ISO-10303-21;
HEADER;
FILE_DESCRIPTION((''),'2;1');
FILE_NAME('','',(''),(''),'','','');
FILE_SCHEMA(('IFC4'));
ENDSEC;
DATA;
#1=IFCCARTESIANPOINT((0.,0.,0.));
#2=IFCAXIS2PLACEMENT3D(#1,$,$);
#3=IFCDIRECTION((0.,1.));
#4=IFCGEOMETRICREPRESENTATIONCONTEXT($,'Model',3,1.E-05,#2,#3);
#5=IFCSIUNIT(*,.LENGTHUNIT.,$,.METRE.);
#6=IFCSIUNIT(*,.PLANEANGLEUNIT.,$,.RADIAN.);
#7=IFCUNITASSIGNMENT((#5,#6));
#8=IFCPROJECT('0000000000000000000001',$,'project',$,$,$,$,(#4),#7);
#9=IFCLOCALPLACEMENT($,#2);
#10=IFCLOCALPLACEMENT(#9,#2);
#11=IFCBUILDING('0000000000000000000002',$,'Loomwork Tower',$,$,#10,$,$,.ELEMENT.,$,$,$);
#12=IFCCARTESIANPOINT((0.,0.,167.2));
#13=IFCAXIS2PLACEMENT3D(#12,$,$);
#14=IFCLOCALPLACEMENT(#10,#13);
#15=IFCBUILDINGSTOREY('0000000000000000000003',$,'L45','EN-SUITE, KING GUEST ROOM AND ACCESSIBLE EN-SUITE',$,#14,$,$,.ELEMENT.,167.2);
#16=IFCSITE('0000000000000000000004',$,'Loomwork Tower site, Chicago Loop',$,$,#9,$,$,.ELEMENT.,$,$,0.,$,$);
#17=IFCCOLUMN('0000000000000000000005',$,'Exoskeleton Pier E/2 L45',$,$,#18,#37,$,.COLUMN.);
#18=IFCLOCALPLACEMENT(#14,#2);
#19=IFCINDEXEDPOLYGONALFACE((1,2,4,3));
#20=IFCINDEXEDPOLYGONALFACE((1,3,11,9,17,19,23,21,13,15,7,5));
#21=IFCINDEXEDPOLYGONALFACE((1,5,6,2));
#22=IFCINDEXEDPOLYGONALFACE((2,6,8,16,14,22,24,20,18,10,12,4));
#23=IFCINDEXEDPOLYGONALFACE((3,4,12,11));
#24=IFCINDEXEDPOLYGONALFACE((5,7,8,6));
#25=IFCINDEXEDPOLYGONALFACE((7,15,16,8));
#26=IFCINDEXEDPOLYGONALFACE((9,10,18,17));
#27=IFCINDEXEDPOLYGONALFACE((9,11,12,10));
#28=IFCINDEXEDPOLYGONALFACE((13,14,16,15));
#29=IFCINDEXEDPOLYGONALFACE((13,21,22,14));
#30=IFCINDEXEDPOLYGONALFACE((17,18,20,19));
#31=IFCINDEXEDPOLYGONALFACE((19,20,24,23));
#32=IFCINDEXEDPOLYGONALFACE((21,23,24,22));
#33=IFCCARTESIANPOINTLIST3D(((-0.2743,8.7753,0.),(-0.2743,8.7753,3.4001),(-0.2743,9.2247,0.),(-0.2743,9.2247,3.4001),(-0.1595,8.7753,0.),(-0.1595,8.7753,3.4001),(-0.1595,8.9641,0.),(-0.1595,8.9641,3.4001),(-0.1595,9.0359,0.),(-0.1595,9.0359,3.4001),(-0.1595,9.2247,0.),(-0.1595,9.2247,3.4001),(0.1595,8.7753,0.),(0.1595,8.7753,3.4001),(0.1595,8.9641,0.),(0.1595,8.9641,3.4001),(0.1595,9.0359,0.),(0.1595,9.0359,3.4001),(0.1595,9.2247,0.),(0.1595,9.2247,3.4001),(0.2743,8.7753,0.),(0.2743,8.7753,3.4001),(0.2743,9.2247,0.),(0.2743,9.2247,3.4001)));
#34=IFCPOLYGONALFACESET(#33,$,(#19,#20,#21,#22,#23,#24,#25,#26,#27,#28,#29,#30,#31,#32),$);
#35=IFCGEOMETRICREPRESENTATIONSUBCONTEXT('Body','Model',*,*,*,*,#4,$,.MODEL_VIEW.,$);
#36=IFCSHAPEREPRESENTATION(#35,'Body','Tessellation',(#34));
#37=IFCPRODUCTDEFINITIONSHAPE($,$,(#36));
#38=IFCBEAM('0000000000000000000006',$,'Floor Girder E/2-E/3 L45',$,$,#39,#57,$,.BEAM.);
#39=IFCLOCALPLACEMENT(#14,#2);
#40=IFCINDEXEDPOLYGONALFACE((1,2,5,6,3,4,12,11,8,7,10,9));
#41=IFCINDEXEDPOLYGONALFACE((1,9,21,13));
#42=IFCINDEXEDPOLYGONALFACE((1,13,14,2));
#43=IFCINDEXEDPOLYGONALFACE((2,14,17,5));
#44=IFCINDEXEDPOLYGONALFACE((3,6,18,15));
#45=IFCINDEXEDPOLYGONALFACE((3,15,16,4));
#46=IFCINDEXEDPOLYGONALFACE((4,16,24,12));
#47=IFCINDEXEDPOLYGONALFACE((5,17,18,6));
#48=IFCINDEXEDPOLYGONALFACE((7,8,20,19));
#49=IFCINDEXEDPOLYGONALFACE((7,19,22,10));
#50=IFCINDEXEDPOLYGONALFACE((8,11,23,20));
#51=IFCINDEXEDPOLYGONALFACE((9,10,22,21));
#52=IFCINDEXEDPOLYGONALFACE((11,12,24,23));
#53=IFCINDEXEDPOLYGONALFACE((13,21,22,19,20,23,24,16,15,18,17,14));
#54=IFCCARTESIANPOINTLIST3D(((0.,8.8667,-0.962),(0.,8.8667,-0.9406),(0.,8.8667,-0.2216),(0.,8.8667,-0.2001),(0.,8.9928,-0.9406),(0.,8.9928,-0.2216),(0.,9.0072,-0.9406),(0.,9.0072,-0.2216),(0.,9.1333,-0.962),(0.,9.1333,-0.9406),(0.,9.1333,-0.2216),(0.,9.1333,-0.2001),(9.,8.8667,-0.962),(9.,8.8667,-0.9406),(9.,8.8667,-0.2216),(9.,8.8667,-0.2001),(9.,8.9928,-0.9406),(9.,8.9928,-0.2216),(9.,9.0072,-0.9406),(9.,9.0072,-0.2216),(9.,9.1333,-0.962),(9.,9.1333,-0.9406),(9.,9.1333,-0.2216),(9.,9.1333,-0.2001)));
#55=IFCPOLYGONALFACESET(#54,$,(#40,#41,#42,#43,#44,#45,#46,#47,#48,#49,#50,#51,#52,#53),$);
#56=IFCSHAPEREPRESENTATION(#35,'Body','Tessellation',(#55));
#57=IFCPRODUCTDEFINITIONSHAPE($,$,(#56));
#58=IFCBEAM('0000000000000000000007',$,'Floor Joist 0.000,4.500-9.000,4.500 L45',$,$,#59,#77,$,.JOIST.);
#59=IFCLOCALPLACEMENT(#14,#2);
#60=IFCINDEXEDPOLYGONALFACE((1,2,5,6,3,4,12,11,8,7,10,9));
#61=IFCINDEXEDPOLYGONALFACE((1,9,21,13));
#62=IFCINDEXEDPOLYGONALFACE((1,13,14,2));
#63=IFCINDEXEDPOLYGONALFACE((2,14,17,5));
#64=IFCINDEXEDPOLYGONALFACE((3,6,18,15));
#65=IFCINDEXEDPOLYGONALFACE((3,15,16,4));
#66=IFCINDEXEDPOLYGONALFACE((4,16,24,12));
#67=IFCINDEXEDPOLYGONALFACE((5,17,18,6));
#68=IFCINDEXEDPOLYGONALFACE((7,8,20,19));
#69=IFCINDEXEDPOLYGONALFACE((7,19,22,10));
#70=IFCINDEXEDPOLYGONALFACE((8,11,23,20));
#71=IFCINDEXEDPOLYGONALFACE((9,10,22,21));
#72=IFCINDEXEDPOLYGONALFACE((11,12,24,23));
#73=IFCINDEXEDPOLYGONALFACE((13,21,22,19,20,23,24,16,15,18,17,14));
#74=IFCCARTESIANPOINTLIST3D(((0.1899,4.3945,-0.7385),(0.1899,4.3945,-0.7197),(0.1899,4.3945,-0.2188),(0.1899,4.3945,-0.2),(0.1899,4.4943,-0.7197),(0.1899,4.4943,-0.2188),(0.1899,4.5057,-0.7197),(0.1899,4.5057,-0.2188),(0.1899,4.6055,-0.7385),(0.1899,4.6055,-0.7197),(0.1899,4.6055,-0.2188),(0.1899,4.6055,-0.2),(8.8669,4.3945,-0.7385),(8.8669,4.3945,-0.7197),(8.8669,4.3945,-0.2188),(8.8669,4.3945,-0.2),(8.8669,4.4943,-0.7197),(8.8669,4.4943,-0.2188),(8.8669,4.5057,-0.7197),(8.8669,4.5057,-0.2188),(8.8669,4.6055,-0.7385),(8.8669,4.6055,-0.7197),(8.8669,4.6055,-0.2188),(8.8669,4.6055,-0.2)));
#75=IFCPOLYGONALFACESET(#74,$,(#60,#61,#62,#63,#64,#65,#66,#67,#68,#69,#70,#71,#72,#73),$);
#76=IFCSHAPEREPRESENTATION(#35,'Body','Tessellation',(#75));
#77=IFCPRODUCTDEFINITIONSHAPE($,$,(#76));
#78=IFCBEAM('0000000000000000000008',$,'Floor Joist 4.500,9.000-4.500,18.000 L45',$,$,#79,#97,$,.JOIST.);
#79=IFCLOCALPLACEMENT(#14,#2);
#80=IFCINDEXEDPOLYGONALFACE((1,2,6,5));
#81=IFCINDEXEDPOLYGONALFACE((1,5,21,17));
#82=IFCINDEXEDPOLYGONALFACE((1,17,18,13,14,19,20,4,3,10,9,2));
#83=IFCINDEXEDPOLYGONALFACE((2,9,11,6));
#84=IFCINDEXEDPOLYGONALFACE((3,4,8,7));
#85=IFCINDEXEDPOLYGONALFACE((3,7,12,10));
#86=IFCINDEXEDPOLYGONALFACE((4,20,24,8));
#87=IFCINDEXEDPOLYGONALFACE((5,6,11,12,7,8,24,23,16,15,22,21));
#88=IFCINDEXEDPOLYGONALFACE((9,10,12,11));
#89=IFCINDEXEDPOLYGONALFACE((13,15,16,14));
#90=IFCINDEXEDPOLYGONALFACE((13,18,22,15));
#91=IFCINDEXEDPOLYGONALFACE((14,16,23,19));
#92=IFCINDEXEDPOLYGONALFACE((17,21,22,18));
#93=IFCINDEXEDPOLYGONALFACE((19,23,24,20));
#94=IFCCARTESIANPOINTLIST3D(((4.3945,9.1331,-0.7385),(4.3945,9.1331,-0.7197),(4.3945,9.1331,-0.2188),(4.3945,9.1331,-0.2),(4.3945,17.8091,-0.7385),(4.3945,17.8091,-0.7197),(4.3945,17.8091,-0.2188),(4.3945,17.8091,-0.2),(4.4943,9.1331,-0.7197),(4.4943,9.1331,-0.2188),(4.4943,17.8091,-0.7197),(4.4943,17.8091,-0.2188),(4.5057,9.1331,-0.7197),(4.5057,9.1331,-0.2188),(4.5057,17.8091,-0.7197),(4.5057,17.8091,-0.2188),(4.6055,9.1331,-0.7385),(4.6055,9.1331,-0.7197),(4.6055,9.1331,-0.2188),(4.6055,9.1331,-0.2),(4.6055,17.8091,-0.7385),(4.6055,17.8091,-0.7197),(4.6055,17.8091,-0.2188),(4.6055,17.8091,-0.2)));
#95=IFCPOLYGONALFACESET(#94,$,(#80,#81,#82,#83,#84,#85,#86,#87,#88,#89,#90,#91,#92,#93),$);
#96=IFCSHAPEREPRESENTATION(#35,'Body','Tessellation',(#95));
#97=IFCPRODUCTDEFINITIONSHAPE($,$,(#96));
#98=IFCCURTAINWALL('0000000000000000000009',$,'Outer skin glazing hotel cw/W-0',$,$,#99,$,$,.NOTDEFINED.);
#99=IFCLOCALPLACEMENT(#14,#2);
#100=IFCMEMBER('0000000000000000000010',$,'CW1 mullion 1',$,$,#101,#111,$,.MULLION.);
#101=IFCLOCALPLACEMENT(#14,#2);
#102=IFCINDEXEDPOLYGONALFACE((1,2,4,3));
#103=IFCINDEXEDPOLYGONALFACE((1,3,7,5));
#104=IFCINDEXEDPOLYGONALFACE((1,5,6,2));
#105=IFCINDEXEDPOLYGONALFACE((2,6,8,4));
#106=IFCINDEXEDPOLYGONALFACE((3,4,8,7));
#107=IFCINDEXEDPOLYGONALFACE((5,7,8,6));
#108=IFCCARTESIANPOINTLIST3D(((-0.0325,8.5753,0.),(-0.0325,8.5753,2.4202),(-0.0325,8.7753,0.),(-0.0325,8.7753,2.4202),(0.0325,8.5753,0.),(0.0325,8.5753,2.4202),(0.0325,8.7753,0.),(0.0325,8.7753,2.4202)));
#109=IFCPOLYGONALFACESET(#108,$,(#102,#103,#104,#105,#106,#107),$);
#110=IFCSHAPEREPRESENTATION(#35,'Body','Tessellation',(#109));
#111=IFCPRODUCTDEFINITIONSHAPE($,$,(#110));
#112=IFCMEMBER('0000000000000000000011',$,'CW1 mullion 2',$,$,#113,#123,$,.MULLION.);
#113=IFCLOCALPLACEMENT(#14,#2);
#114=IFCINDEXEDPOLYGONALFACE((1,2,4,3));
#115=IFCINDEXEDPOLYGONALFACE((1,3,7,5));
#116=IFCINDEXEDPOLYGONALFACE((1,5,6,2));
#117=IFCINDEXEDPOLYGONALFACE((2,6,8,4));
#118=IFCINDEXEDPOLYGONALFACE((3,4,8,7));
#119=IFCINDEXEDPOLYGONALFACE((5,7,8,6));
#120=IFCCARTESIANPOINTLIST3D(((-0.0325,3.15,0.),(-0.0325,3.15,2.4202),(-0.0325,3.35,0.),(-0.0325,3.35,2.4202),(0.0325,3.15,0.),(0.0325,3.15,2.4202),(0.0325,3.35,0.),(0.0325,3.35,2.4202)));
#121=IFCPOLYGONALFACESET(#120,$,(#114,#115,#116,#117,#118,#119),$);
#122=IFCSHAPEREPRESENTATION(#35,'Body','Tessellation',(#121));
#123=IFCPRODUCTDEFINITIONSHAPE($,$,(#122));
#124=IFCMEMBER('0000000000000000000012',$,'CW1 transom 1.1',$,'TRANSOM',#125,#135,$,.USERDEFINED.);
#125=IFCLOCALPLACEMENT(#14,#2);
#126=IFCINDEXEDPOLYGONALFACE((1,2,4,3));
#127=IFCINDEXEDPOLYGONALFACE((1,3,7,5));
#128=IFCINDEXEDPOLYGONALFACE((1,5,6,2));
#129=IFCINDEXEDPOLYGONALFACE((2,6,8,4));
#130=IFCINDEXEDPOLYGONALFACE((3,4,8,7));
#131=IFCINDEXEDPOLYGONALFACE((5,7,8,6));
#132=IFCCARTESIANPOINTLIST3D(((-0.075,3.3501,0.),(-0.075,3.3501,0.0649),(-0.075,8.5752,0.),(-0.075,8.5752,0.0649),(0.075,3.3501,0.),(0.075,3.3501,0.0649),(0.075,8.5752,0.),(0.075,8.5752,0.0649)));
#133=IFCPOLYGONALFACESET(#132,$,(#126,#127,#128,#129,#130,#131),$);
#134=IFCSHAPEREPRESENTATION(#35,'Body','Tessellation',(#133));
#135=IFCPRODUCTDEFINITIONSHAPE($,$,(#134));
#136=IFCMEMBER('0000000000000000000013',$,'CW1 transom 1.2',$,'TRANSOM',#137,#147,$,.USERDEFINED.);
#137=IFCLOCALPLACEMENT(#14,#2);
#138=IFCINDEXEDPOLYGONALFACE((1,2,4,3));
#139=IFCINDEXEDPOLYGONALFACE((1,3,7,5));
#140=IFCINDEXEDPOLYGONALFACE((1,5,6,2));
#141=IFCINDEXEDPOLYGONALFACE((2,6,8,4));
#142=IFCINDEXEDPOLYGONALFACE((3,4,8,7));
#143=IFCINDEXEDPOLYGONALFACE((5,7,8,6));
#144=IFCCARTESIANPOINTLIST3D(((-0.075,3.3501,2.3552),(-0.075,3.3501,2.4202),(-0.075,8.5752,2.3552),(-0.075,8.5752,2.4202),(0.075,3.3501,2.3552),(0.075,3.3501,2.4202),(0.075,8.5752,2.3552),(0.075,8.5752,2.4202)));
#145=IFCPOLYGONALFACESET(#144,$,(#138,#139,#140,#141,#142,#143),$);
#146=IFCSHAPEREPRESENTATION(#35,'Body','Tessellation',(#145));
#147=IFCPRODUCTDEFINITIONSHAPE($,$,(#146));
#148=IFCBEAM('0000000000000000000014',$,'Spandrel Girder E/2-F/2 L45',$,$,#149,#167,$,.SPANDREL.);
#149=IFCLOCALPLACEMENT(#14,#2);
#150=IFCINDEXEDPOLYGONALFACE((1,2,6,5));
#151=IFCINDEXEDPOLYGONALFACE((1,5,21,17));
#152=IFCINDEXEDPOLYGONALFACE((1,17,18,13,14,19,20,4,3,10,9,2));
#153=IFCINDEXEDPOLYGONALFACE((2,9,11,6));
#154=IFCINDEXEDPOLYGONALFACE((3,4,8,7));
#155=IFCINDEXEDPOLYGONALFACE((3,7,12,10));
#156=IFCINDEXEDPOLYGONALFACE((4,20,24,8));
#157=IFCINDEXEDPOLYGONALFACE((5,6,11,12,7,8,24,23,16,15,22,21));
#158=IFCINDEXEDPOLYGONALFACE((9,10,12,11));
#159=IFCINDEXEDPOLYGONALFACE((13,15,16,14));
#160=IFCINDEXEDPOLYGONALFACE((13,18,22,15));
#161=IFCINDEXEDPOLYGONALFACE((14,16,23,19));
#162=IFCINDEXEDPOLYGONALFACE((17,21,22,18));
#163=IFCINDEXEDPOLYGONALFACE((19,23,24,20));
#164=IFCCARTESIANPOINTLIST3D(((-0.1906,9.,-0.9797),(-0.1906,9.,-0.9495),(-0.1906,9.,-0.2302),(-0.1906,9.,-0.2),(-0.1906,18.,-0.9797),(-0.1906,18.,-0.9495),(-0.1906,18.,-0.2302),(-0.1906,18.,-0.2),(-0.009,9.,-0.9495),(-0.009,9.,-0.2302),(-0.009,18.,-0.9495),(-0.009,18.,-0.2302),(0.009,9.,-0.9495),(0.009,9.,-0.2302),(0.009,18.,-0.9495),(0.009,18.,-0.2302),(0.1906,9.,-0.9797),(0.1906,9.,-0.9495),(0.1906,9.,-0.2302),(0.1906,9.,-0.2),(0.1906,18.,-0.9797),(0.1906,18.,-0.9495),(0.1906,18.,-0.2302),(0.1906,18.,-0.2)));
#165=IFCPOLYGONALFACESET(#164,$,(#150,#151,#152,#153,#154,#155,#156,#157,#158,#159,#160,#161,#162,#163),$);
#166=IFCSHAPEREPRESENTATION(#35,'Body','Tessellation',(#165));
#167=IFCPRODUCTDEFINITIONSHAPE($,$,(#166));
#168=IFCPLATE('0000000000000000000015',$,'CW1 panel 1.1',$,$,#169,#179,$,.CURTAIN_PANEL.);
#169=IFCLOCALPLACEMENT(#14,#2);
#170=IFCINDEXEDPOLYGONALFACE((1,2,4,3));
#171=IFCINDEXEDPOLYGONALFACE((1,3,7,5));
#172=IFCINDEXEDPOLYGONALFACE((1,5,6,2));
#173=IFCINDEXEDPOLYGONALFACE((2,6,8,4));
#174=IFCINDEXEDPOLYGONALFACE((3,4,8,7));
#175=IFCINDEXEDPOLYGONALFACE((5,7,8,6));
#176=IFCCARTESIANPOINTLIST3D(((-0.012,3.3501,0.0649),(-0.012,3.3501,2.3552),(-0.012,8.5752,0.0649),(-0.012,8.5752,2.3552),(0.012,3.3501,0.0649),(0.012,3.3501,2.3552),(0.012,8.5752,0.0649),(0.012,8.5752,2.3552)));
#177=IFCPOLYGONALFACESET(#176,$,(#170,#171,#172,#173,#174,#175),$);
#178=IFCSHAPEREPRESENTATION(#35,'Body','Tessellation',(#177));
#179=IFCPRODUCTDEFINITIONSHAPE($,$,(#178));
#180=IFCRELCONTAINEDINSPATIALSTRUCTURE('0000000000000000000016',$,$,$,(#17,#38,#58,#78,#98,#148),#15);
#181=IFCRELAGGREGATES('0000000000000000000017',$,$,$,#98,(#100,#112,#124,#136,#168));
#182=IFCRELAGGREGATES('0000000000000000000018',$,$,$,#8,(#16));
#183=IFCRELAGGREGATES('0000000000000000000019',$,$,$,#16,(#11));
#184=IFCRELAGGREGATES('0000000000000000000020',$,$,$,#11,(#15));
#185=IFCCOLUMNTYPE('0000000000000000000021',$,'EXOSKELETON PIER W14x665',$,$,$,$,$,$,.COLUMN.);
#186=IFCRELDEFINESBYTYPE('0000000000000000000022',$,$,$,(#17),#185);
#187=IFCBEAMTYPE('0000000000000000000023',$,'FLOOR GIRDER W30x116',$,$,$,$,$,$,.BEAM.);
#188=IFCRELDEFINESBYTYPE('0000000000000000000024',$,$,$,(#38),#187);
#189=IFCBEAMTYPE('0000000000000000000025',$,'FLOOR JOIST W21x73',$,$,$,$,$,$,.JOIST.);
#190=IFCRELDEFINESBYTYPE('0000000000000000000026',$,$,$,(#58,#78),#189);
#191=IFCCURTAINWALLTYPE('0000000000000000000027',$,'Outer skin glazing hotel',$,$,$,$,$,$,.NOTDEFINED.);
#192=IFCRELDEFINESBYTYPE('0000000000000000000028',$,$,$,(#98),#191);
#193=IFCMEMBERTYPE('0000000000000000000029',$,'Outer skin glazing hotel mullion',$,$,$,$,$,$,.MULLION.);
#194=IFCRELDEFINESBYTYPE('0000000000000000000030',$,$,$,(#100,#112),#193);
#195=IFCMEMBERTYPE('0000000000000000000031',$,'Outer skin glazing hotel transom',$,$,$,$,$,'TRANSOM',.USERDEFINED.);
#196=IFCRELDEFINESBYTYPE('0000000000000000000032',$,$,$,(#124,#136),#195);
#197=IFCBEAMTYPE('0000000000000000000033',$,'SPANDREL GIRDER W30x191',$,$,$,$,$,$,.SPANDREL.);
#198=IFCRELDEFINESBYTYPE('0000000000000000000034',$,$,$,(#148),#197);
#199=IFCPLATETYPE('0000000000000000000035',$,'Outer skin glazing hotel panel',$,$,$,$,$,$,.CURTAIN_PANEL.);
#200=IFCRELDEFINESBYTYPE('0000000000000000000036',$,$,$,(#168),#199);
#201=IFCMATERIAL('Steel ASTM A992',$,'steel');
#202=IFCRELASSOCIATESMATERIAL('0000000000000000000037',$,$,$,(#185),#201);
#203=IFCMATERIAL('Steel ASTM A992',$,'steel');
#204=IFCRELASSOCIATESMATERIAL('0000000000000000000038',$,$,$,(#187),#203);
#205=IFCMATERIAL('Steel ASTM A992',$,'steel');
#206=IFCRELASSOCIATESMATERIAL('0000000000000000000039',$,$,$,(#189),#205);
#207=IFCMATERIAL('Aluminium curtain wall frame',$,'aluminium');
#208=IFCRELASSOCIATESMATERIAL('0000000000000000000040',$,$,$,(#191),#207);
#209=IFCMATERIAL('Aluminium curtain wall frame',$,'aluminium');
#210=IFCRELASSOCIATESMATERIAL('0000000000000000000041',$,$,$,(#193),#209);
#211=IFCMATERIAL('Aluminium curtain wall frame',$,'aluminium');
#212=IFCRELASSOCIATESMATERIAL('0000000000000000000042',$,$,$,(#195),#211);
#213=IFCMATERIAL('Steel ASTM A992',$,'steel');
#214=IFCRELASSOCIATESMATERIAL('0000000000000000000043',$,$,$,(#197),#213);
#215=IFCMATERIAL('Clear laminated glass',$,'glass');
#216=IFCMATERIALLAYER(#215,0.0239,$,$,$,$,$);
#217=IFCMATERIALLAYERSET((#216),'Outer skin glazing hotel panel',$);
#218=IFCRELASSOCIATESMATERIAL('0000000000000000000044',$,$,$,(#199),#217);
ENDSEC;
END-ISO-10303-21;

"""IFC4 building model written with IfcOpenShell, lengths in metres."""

from ifc_helpers import new_model, si_unit, direction, frame, origin, origin_2d, place, context, subcontext, project, spatial, rectangle, i_section, extrude, material, layer, layer_set, material_profile, profile_set, type_object, element, aggregate, save


model = new_model("IFC4")

# Units and contexts
model_context = context("Model", 3, precision=1e-05, world=origin(), true_north=direction((0.0, 1.0)))
body_context = subcontext(model_context, "Body", "Model", "MODEL_VIEW")
ifc_project = project(units=[si_unit("LENGTHUNIT", "METRE"), si_unit("PLANEANGLEUNIT", "RADIAN")], contexts=[model_context])

# Site, building, storey
site_placement = place(None, origin())
site = spatial("IfcSite", under=ifc_project, at=site_placement, Name="Loomwork Tower site, Chicago Loop", CompositionType="ELEMENT", RefElevation=0.0)
building_placement = place(site_placement, origin())
building = spatial("IfcBuilding", under=site, at=building_placement, Name="Loomwork Tower", CompositionType="ELEMENT")
storey_placement = place(building_placement, frame((0.0, 0.0, 167.2)))
storey = spatial("IfcBuildingStorey", under=building, at=storey_placement, Name="L45", Description="EN-SUITE, KING GUEST ROOM AND ACCESSIBLE EN-SUITE", CompositionType="ELEMENT", Elevation=167.2)

# Column
ifc_material_1 = material(Name="Steel ASTM A992", Category="steel")
ifc_material_profile_1 = material_profile(ifc_material_1, i_section(OverallWidth=0.4495, OverallDepth=0.5486, WebThickness=0.0718, FlangeThickness=0.1147, at=origin_2d()), Name="W14x665")
ifc_profile_set_1 = profile_set([ifc_material_profile_1], Name="Steel ASTM A992")
column_type = type_object("IfcColumnType", Name="EXOSKELETON PIER W14x665", PredefinedType="COLUMN", material=ifc_profile_set_1)
column_placement = place(storey_placement, frame((0.0, 9.0, 0.0), z_axis=(0.0, 0.0, 1.0), x_axis=(0.0, 1.0, 0.0)))
element("IfcColumn", 1, at=column_placement, inside=storey, type_object=column_type, Name="Exoskeleton Pier E/2 L45", PredefinedType="COLUMN", context=body_context, shape_type="SweptSolid", body=[
    extrude(i_section(OverallWidth=0.4495, OverallDepth=0.5486, WebThickness=0.0718, FlangeThickness=0.1147, at=origin_2d()), origin(), (0.0, 0.0, 1.0), 3.4001),
])

# Beams
ifc_material_2 = material(Name="Steel ASTM A992", Category="steel")
ifc_material_profile_2 = material_profile(ifc_material_2, i_section(OverallWidth=0.2666, OverallDepth=0.762, WebThickness=0.0144, FlangeThickness=0.0215, at=origin_2d()), Name="W30x116")
ifc_profile_set_2 = profile_set([ifc_material_profile_2], Name="Steel ASTM A992")
beam_type_1 = type_object("IfcBeamType", Name="FLOOR GIRDER W30x116", PredefinedType="BEAM", material=ifc_profile_set_2)
beam_1_placement = place(storey_placement, frame((0.0, 9.0, -0.5811), z_axis=(1.0, 0.0, 0.0), x_axis=(0.0, 1.0, 0.0)))
element("IfcBeam", 2, at=beam_1_placement, inside=storey, type_object=beam_type_1, Name="Floor Girder E/2-E/3 L45", PredefinedType="BEAM", context=body_context, shape_type="SweptSolid", body=[
    extrude(i_section(OverallWidth=0.2666, OverallDepth=0.762, WebThickness=0.0144, FlangeThickness=0.0215, at=origin_2d()), origin(), (0.0, 0.0, 1.0), 9.0),
])
ifc_material_3 = material(Name="Steel ASTM A992", Category="steel")
ifc_material_profile_3 = material_profile(ifc_material_3, i_section(OverallWidth=0.2109, OverallDepth=0.5386, WebThickness=0.0115, FlangeThickness=0.0188, at=origin_2d()), Name="W21x73")
ifc_profile_set_3 = profile_set([ifc_material_profile_3], Name="Steel ASTM A992")
beam_type_2 = type_object("IfcBeamType", Name="FLOOR JOIST W21x73", PredefinedType="JOIST", material=ifc_profile_set_3)
beam_2_placement = place(storey_placement, frame((0.1899, 4.5, -0.4692), z_axis=(1.0, 0.0, 0.0), x_axis=(0.0, 1.0, 0.0)))
element("IfcBeam", 3, at=beam_2_placement, inside=storey, type_object=beam_type_2, Name="Floor Joist 0.000,4.500-9.000,4.500 L45", PredefinedType="JOIST", context=body_context, shape_type="SweptSolid", body=[
    extrude(i_section(OverallWidth=0.2109, OverallDepth=0.5386, WebThickness=0.0115, FlangeThickness=0.0188, at=origin_2d()), origin(), (0.0, 0.0, 1.0), 8.677),
])
beam_3_placement = place(storey_placement, frame((4.5, 9.1331, -0.4692), z_axis=(0.0, 1.0, 0.0), x_axis=(-1.0, 0.0, 0.0)))
element("IfcBeam", 4, at=beam_3_placement, inside=storey, type_object=beam_type_2, Name="Floor Joist 4.500,9.000-4.500,18.000 L45", PredefinedType="JOIST", context=body_context, shape_type="SweptSolid", body=[
    extrude(i_section(OverallWidth=0.2109, OverallDepth=0.5386, WebThickness=0.0115, FlangeThickness=0.0188, at=origin_2d()), origin(), (0.0, 0.0, 1.0), 8.676),
])

# Curtain wall, members
ifc_material_4 = material(Name="Aluminium curtain wall frame", Category="aluminium")
curtain_wall_type = type_object("IfcCurtainWallType", Name="Outer skin glazing hotel", PredefinedType="NOTDEFINED", material=ifc_material_4)
curtain_wall_placement = place(storey_placement, origin())
curtain_wall = element("IfcCurtainWall", 5, at=curtain_wall_placement, inside=storey, type_object=curtain_wall_type, Name="Outer skin glazing hotel cw/W-0", PredefinedType="NOTDEFINED")
ifc_material_5 = material(Name="Aluminium curtain wall frame", Category="aluminium")
ifc_material_profile_4 = material_profile(ifc_material_5, rectangle(XDim=0.0649, YDim=0.2, at=origin_2d()), Name="AL 65x200")
ifc_profile_set_4 = profile_set([ifc_material_profile_4], Name="Aluminium curtain wall frame")
member_type_1 = type_object("IfcMemberType", Name="Outer skin glazing hotel mullion", PredefinedType="MULLION", material=ifc_profile_set_4)
member_1_placement = place(storey_placement, frame((0.0, 8.6753, 0.0), z_axis=(0.0, 0.0, 1.0), x_axis=(1.0, 0.0, 0.0)))
member_1 = element("IfcMember", 6, at=member_1_placement, type_object=member_type_1, Name="CW1 mullion 1", PredefinedType="MULLION", context=body_context, shape_type="SweptSolid", body=[
    extrude(rectangle(XDim=0.0649, YDim=0.2, at=origin_2d()), origin(), (0.0, 0.0, 1.0), 2.4202),
])
member_2_placement = place(storey_placement, frame((0.0, 3.25, 0.0), z_axis=(0.0, 0.0, 1.0), x_axis=(1.0, 0.0, 0.0)))
member_2 = element("IfcMember", 7, at=member_2_placement, type_object=member_type_1, Name="CW1 mullion 2", PredefinedType="MULLION", context=body_context, shape_type="SweptSolid", body=[
    extrude(rectangle(XDim=0.0649, YDim=0.2, at=origin_2d()), origin(), (0.0, 0.0, 1.0), 2.4202),
])
ifc_material_6 = material(Name="Aluminium curtain wall frame", Category="aluminium")
ifc_material_profile_5 = material_profile(ifc_material_6, rectangle(XDim=0.1499, YDim=0.0649, at=origin_2d()), Name="AL 65x150")
ifc_profile_set_5 = profile_set([ifc_material_profile_5], Name="Aluminium curtain wall frame")
member_type_2 = type_object("IfcMemberType", Name="Outer skin glazing hotel transom", ElementType="TRANSOM", PredefinedType="USERDEFINED", material=ifc_profile_set_5)
member_3_placement = place(storey_placement, frame((0.0, 8.5752, 0.0325), z_axis=(0.0, -1.0, 0.0), x_axis=(1.0, 0.0, 0.0)))
member_3 = element("IfcMember", 8, at=member_3_placement, type_object=member_type_2, Name="CW1 transom 1.1", ObjectType="TRANSOM", PredefinedType="USERDEFINED", context=body_context, shape_type="SweptSolid", body=[
    extrude(rectangle(XDim=0.1499, YDim=0.0649, at=origin_2d()), origin(), (0.0, 0.0, 1.0), 5.2251),
])
member_4_placement = place(storey_placement, frame((0.0, 8.5752, 2.3877), z_axis=(0.0, -1.0, 0.0), x_axis=(1.0, 0.0, 0.0)))
member_4 = element("IfcMember", 9, at=member_4_placement, type_object=member_type_2, Name="CW1 transom 1.2", ObjectType="TRANSOM", PredefinedType="USERDEFINED", context=body_context, shape_type="SweptSolid", body=[
    extrude(rectangle(XDim=0.1499, YDim=0.0649, at=origin_2d()), origin(), (0.0, 0.0, 1.0), 5.2251),
])

# Beam
ifc_material_7 = material(Name="Steel ASTM A992", Category="steel")
ifc_material_profile_6 = material_profile(ifc_material_7, i_section(OverallWidth=0.3811, OverallDepth=0.7798, WebThickness=0.0181, FlangeThickness=0.0303, at=origin_2d()), Name="W30x191")
ifc_profile_set_6 = profile_set([ifc_material_profile_6], Name="Steel ASTM A992")
beam_type_3 = type_object("IfcBeamType", Name="SPANDREL GIRDER W30x191", PredefinedType="SPANDREL", material=ifc_profile_set_6)
beam_4_placement = place(storey_placement, frame((0.0, 9.0, -0.5898), z_axis=(0.0, 1.0, 0.0), x_axis=(-1.0, 0.0, 0.0)))
element("IfcBeam", 10, at=beam_4_placement, inside=storey, type_object=beam_type_3, Name="Spandrel Girder E/2-F/2 L45", PredefinedType="SPANDREL", context=body_context, shape_type="SweptSolid", body=[
    extrude(i_section(OverallWidth=0.3811, OverallDepth=0.7798, WebThickness=0.0181, FlangeThickness=0.0303, at=origin_2d()), origin(), (0.0, 0.0, 1.0), 9.0),
])

# Plate
ifc_material_8 = material(Name="Clear laminated glass", Category="glass")
ifc_layer_1 = layer(ifc_material_8, 0.0239)
ifc_layer_set_1 = layer_set([ifc_layer_1], Name="Outer skin glazing hotel panel")
plate_type = type_object("IfcPlateType", Name="Outer skin glazing hotel panel", PredefinedType="CURTAIN_PANEL", material=ifc_layer_set_1)
plate_placement = place(storey_placement, frame((0.0, 5.9626, 0.0649), z_axis=(0.0, 0.0, 1.0), x_axis=(0.0, -1.0, 0.0)))
plate = element("IfcPlate", 11, at=plate_placement, type_object=plate_type, Name="CW1 panel 1.1", PredefinedType="CURTAIN_PANEL", context=body_context, shape_type="SweptSolid", body=[
    extrude(rectangle(XDim=5.2251, YDim=0.0239, at=origin_2d()), origin(), (0.0, 0.0, 1.0), 2.2903),
])
aggregate(curtain_wall, [member_1, member_2, member_3, member_4, plate])

save(model, "model.ifc")
